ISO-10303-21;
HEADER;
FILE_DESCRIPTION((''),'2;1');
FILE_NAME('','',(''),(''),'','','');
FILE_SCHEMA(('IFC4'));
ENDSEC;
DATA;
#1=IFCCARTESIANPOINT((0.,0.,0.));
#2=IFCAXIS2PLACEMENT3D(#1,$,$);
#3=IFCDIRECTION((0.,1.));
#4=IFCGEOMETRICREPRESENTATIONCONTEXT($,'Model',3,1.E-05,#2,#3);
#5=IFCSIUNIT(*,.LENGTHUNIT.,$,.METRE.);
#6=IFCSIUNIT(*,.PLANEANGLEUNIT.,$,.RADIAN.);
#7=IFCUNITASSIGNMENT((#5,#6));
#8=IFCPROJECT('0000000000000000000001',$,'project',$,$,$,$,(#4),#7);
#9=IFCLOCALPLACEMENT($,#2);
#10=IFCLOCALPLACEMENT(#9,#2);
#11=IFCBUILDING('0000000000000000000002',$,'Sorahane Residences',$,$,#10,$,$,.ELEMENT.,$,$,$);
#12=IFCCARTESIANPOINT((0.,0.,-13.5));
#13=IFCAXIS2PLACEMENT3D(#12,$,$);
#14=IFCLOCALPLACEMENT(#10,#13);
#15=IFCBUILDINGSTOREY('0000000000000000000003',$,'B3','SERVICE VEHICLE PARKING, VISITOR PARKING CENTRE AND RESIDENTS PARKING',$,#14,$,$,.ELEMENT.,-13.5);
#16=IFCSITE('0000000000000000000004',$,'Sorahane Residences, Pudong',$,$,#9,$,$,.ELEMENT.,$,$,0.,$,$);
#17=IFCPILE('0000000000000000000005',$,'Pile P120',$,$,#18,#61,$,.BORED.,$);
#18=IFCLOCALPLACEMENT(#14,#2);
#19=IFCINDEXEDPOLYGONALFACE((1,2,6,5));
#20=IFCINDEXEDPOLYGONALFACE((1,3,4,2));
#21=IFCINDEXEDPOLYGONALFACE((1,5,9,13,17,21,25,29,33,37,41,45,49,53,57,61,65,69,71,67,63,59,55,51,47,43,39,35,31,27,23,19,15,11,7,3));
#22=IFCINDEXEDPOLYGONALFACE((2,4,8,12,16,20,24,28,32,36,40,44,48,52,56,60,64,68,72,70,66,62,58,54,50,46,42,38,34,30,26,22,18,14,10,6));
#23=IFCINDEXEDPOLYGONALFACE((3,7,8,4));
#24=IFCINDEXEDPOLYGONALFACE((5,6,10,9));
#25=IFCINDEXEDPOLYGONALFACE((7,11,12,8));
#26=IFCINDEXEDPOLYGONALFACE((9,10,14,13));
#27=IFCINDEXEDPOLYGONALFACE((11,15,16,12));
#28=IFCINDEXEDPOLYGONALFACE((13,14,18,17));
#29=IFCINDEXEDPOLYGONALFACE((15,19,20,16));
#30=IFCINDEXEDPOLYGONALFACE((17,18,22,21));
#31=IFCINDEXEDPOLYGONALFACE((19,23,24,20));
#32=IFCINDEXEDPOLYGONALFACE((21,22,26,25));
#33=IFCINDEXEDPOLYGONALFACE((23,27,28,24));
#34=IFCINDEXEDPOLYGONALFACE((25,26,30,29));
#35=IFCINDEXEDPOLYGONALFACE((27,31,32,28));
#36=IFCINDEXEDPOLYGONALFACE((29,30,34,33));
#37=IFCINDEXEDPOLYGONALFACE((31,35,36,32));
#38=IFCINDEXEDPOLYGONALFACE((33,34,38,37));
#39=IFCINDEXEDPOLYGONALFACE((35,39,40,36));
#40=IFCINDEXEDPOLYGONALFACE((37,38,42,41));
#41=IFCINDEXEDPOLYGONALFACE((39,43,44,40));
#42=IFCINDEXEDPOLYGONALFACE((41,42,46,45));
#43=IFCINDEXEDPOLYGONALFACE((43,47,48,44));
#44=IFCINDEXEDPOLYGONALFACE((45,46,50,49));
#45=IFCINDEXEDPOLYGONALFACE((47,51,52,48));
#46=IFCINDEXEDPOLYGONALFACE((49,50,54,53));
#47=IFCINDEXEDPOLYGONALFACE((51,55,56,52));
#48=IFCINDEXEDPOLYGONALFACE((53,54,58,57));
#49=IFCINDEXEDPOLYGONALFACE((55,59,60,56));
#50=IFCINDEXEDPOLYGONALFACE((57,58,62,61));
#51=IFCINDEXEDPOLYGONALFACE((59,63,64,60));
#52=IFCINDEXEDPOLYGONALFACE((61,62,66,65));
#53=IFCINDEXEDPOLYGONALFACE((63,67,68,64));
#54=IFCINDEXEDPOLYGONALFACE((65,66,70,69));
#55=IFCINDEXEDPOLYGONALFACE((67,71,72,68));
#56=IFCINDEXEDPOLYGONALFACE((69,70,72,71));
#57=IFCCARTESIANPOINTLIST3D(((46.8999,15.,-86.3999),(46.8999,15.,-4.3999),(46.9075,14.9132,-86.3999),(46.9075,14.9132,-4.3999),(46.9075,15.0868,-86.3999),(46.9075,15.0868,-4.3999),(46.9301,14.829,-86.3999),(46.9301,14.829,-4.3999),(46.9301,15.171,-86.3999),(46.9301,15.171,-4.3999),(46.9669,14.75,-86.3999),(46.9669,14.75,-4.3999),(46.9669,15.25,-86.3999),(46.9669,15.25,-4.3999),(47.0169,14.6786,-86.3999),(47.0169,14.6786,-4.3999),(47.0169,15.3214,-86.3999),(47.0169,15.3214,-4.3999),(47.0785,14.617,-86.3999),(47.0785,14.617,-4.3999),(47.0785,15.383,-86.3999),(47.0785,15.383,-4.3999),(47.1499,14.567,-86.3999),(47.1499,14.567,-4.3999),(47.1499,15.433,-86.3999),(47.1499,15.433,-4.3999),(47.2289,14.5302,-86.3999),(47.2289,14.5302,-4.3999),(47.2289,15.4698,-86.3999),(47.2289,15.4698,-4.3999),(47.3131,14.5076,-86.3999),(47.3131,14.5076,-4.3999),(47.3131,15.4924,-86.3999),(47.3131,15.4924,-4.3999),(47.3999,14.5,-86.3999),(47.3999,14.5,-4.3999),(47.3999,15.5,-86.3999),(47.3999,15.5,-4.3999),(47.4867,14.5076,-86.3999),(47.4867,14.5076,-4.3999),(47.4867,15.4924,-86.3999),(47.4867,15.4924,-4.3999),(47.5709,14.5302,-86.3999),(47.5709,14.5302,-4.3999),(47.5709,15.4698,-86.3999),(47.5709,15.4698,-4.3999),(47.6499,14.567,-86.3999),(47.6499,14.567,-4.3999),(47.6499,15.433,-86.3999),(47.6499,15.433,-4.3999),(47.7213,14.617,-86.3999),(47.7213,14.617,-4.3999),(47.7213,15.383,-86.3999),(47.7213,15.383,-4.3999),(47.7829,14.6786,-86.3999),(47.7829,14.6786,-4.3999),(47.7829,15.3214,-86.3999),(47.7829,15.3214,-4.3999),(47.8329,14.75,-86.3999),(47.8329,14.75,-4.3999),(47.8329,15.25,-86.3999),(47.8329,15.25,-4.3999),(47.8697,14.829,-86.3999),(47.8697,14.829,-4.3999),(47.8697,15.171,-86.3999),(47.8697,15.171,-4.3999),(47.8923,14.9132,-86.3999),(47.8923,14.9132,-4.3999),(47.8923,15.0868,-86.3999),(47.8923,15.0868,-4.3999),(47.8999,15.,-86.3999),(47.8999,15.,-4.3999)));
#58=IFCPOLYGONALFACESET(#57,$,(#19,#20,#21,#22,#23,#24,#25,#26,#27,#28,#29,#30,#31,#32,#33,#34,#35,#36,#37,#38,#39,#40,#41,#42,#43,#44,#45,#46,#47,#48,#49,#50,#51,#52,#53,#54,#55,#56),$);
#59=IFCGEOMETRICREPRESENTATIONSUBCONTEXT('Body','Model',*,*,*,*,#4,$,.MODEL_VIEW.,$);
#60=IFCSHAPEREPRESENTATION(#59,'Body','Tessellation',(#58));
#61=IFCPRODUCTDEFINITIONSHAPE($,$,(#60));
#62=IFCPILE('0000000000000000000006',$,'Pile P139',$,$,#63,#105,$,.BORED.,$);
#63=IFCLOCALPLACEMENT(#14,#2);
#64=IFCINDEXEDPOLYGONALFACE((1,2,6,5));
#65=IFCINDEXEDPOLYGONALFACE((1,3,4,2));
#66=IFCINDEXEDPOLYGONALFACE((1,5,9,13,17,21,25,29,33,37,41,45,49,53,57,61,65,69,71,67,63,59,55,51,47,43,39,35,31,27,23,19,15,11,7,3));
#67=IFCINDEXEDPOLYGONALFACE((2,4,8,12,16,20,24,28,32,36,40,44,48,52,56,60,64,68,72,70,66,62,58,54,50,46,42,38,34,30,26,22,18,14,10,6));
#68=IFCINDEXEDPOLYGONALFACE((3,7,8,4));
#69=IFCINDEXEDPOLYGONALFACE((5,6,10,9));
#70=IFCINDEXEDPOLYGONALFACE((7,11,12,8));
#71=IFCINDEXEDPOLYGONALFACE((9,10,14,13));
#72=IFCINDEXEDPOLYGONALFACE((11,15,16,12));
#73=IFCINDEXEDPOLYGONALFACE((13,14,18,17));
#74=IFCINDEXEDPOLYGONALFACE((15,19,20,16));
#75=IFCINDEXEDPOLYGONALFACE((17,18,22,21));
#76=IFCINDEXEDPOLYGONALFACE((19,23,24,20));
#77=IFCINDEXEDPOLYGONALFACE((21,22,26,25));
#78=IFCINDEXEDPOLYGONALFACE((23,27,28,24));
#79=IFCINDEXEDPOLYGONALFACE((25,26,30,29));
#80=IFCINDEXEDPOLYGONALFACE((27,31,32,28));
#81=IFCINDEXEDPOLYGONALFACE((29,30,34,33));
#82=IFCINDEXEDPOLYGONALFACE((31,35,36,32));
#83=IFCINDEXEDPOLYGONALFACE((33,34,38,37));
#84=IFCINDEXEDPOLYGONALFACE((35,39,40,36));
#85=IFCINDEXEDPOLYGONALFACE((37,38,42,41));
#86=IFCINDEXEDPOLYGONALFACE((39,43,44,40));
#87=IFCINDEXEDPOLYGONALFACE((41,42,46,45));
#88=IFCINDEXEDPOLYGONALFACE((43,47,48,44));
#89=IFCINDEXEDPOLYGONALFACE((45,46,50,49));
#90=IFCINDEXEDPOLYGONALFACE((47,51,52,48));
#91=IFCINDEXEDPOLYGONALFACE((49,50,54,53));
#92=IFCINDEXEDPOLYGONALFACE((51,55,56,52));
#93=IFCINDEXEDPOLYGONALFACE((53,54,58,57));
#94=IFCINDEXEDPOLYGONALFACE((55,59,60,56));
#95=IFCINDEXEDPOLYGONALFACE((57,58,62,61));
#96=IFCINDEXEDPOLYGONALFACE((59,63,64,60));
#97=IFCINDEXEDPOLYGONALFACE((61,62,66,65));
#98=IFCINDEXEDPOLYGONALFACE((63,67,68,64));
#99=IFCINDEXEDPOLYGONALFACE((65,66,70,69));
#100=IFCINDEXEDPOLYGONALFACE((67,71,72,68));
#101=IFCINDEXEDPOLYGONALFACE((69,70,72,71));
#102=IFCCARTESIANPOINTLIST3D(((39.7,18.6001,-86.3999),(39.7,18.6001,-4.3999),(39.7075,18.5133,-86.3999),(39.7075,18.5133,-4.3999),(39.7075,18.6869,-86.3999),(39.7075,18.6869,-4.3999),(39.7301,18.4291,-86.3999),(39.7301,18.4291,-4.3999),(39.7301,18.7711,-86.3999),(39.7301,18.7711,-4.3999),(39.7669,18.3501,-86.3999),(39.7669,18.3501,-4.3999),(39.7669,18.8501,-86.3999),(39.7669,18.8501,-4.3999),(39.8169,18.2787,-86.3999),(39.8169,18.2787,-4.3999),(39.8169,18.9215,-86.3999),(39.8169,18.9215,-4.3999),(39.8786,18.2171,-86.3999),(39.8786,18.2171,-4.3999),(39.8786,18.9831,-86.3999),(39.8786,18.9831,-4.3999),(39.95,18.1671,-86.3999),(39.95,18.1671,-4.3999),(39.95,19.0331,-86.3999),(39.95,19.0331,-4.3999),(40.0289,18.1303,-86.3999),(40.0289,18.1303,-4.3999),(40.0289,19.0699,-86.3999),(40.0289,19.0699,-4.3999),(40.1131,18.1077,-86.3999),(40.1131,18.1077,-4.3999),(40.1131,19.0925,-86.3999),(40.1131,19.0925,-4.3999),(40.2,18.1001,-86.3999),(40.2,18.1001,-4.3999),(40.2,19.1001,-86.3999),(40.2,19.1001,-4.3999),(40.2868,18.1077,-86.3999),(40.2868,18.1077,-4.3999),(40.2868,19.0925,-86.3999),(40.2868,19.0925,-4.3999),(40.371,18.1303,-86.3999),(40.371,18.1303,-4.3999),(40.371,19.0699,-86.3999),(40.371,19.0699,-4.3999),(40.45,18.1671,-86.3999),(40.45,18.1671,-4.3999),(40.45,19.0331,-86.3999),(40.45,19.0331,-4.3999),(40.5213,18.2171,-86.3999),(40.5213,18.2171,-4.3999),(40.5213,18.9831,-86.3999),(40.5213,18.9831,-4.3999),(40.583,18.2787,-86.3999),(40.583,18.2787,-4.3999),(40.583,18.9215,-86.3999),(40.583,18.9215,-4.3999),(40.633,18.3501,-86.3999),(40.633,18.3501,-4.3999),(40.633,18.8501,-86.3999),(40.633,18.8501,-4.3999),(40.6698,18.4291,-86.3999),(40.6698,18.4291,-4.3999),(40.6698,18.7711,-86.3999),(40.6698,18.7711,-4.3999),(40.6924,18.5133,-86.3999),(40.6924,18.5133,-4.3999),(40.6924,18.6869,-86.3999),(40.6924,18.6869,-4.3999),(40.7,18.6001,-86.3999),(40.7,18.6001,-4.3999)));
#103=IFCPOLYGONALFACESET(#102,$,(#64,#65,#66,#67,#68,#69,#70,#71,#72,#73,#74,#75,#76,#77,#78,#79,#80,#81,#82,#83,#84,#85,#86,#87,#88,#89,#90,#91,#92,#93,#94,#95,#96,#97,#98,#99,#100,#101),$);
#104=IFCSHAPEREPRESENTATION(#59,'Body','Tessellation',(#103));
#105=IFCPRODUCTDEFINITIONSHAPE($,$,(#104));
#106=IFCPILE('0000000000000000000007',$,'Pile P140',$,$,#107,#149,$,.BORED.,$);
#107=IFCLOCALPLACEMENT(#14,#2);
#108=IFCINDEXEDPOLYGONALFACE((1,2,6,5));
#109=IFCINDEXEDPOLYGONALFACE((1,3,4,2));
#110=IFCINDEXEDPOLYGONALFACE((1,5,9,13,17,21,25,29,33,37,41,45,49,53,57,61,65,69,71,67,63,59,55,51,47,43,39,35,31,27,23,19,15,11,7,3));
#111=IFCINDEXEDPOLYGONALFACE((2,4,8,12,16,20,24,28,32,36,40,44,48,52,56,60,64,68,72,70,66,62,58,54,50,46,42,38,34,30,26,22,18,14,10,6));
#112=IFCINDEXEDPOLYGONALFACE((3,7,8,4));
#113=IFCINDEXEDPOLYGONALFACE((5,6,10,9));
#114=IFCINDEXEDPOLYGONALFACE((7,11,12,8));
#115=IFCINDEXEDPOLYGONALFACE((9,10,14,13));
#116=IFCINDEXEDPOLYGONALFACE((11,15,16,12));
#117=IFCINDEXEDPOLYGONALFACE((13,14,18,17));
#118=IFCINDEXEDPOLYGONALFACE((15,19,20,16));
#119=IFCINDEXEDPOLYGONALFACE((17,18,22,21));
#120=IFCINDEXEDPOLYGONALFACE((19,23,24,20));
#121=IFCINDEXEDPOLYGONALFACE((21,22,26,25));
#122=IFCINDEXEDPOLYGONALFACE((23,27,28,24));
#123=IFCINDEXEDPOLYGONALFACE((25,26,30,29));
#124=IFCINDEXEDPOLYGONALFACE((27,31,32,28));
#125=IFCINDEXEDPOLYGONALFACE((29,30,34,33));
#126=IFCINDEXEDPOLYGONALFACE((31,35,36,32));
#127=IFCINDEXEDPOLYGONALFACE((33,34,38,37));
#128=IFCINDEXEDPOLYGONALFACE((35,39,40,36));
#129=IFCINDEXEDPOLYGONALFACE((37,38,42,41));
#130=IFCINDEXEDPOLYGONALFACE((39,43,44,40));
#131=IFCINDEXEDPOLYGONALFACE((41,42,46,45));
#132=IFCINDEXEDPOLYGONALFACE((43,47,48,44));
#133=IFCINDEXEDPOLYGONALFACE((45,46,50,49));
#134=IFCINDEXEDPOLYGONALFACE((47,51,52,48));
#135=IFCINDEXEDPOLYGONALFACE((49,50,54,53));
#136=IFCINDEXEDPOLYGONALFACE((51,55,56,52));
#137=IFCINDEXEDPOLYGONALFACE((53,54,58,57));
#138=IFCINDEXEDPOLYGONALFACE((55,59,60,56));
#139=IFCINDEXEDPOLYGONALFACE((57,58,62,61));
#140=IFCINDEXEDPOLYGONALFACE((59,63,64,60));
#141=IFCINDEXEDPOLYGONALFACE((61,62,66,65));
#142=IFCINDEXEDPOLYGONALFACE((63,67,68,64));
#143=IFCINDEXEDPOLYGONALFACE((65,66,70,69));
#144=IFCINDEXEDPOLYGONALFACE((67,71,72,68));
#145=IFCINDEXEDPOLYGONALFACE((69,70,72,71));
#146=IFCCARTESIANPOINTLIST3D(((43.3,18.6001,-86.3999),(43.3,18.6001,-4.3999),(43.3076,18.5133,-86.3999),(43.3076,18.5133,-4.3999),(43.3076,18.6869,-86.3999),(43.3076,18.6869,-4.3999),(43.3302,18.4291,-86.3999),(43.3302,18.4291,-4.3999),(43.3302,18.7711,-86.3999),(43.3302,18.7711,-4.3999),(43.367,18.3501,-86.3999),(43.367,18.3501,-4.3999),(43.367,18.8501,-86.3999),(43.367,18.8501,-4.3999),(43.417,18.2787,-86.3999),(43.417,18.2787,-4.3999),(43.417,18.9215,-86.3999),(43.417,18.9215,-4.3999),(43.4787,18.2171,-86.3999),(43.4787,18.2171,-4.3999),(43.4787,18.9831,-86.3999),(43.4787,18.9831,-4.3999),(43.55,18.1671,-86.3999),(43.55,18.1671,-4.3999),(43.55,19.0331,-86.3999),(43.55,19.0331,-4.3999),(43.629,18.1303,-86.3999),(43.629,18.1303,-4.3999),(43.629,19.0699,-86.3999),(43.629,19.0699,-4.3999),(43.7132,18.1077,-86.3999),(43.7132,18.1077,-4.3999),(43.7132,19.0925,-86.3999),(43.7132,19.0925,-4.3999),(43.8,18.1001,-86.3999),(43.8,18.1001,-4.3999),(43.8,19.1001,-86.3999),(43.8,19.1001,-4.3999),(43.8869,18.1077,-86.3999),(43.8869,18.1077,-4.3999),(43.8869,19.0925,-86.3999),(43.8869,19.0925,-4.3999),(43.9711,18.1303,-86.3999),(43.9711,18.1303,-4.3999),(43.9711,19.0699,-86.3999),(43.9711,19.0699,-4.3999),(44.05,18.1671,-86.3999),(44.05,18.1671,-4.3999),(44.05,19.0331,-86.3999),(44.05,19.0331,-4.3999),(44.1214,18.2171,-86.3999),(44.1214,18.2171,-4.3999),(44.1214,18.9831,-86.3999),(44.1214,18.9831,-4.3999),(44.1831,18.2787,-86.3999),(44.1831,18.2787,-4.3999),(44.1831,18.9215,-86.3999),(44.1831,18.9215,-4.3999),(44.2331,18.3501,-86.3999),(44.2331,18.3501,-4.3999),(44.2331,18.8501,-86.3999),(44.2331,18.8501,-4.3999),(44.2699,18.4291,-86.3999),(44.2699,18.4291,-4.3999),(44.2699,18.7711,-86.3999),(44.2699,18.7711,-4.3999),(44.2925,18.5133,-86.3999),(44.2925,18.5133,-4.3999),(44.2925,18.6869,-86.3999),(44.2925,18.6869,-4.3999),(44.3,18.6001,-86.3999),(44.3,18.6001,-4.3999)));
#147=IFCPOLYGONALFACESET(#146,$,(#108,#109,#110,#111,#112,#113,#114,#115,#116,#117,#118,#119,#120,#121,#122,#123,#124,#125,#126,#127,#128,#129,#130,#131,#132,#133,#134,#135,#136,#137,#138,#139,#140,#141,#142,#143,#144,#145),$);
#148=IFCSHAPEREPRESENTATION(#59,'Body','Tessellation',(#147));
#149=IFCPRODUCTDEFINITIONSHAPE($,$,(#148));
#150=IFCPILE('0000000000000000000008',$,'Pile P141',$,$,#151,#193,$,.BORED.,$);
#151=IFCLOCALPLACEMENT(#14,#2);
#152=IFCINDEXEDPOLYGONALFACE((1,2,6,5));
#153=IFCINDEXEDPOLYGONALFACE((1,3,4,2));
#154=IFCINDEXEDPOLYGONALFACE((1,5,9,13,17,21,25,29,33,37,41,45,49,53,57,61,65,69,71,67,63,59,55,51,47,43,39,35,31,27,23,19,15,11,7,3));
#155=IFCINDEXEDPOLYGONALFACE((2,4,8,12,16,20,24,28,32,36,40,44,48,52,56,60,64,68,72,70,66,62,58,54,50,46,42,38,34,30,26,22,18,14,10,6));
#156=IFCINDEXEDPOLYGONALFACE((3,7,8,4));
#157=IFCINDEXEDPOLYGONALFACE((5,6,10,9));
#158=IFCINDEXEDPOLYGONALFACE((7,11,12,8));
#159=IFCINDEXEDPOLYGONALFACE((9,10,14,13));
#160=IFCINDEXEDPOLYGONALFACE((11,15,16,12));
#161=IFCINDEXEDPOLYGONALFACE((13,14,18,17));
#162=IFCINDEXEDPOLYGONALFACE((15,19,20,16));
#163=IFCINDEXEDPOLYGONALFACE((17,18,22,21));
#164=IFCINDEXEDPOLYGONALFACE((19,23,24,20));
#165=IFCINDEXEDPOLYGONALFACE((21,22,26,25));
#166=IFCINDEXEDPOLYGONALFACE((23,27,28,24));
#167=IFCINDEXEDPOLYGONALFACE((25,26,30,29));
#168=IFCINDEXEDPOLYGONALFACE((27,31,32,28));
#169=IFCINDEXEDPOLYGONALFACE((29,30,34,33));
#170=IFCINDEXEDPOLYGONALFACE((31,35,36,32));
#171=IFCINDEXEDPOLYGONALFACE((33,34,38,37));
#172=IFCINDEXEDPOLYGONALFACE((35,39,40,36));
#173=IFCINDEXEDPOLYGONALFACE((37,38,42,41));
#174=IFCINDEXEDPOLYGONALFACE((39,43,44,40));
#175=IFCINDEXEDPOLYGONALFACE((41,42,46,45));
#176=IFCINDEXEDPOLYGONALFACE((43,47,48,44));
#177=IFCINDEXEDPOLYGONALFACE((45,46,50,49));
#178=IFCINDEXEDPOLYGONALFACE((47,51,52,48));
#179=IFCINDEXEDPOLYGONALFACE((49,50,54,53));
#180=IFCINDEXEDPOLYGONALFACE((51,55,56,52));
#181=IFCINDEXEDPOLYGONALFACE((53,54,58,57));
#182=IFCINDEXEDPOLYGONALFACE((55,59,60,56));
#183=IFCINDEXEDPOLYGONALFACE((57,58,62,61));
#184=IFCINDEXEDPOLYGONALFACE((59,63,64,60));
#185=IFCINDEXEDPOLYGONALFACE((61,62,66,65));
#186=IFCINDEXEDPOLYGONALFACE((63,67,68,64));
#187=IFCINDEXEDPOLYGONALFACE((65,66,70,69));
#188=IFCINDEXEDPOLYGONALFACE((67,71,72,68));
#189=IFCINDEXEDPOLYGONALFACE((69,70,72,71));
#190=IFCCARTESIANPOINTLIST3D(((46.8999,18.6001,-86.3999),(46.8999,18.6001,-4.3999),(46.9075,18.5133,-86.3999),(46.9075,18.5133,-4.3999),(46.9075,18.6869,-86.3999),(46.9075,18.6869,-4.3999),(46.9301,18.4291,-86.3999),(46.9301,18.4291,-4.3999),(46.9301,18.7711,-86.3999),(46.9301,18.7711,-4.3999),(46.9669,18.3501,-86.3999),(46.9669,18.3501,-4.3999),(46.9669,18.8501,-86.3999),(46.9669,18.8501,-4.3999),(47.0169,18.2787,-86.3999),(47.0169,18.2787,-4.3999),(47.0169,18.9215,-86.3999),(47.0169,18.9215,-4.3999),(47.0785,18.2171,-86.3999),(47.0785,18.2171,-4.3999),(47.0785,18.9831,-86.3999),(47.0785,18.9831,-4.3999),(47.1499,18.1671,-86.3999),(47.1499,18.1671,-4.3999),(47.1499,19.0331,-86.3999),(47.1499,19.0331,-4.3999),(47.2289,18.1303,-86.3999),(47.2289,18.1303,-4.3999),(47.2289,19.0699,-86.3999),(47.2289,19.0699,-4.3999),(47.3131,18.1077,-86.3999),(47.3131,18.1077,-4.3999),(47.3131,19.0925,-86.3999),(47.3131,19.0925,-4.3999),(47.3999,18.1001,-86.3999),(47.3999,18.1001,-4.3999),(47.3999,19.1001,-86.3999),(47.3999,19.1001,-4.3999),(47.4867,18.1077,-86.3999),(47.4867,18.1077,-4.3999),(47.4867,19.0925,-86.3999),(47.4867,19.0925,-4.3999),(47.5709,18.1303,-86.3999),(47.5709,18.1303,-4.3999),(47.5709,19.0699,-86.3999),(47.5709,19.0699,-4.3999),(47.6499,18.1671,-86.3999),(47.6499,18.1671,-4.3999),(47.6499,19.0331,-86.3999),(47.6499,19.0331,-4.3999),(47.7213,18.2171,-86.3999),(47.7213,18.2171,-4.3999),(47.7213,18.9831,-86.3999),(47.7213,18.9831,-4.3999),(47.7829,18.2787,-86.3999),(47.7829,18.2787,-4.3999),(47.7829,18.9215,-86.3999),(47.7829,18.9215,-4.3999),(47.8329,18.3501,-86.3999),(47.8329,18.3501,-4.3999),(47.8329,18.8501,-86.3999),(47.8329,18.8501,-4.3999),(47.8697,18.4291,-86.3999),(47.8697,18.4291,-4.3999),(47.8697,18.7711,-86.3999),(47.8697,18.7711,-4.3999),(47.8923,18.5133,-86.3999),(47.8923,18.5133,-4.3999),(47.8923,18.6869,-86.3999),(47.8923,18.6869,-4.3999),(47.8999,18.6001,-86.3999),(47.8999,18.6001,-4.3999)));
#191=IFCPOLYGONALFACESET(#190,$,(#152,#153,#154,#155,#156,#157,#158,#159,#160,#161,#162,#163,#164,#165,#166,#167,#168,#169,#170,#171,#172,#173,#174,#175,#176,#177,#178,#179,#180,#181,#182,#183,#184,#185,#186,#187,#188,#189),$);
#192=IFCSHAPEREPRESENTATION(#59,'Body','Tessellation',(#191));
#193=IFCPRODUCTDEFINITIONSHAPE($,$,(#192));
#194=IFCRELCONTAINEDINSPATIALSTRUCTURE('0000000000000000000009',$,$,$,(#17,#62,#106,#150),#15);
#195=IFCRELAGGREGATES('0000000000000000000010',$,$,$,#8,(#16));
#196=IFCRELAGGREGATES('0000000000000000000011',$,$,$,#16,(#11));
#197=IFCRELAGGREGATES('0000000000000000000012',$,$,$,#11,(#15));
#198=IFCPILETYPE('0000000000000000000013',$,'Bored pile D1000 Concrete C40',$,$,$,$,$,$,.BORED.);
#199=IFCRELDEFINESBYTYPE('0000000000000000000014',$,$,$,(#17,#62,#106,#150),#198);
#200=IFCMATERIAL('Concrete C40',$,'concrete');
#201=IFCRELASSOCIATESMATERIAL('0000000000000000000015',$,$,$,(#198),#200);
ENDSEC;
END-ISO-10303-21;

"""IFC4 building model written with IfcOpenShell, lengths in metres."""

from ifc_helpers import new_model, si_unit, direction, frame, origin, origin_2d, place, context, subcontext, project, spatial, circle, extrude, material, material_profile, profile_set, type_object, element, save


model = new_model("IFC4")

# Units and contexts
model_context = context("Model", 3, precision=1e-05, world=origin(), true_north=direction((0.0, 1.0)))
body_context = subcontext(model_context, "Body", "Model", "MODEL_VIEW")
ifc_project = project(units=[si_unit("LENGTHUNIT", "METRE"), si_unit("PLANEANGLEUNIT", "RADIAN")], contexts=[model_context])

# Site, building, storey
site_placement = place(None, origin())
site = spatial("IfcSite", under=ifc_project, at=site_placement, Name="Sorahane Residences, Pudong", CompositionType="ELEMENT", RefElevation=0.0)
building_placement = place(site_placement, origin())
building = spatial("IfcBuilding", under=site, at=building_placement, Name="Sorahane Residences", CompositionType="ELEMENT")
storey_placement = place(building_placement, frame((0.0, 0.0, -13.5)))
storey = spatial("IfcBuildingStorey", under=building, at=storey_placement, Name="B3", Description="SERVICE VEHICLE PARKING, VISITOR PARKING CENTRE AND RESIDENTS PARKING", CompositionType="ELEMENT", Elevation=-13.5)

# Piles
ifc_material_1 = material(Name="Concrete C40", Category="concrete")
ifc_material_profile_1 = material_profile(ifc_material_1, circle(Radius=0.5, at=origin_2d()), Name="D1000")
ifc_profile_set_1 = profile_set([ifc_material_profile_1], Name="Concrete C40")
pile_type = type_object("IfcPileType", Name="Bored pile D1000 Concrete C40", PredefinedType="BORED", material=ifc_profile_set_1)
for number, where, z_axis, x_axis, name in (
    (1, (47.3999, 15.0, -4.3999), (0.0, 0.0, -1.0), (1.0, 0.0, 0.0), "Pile P120"),
    (2, (40.2, 18.6001, -4.3999), (0.0, 0.0, -1.0), (1.0, 0.0, 0.0), "Pile P139"),
    (3, (43.8, 18.6001, -4.3999), (0.0, 0.0, -1.0), (1.0, 0.0, 0.0), "Pile P140"),
    (4, (47.3999, 18.6001, -4.3999), (0.0, 0.0, -1.0), (1.0, 0.0, 0.0), "Pile P141"),
):
    element("IfcPile", number, at=place(storey_placement, frame(where, z_axis=z_axis, x_axis=x_axis)), inside=storey, type_object=pile_type, Name=name, PredefinedType="BORED", context=body_context, shape_type="SweptSolid", body=[
        extrude(circle(Radius=0.5, at=origin_2d()), origin(), (0.0, 0.0, 1.0), 82.0),
    ])

save(model, "model.ifc")
